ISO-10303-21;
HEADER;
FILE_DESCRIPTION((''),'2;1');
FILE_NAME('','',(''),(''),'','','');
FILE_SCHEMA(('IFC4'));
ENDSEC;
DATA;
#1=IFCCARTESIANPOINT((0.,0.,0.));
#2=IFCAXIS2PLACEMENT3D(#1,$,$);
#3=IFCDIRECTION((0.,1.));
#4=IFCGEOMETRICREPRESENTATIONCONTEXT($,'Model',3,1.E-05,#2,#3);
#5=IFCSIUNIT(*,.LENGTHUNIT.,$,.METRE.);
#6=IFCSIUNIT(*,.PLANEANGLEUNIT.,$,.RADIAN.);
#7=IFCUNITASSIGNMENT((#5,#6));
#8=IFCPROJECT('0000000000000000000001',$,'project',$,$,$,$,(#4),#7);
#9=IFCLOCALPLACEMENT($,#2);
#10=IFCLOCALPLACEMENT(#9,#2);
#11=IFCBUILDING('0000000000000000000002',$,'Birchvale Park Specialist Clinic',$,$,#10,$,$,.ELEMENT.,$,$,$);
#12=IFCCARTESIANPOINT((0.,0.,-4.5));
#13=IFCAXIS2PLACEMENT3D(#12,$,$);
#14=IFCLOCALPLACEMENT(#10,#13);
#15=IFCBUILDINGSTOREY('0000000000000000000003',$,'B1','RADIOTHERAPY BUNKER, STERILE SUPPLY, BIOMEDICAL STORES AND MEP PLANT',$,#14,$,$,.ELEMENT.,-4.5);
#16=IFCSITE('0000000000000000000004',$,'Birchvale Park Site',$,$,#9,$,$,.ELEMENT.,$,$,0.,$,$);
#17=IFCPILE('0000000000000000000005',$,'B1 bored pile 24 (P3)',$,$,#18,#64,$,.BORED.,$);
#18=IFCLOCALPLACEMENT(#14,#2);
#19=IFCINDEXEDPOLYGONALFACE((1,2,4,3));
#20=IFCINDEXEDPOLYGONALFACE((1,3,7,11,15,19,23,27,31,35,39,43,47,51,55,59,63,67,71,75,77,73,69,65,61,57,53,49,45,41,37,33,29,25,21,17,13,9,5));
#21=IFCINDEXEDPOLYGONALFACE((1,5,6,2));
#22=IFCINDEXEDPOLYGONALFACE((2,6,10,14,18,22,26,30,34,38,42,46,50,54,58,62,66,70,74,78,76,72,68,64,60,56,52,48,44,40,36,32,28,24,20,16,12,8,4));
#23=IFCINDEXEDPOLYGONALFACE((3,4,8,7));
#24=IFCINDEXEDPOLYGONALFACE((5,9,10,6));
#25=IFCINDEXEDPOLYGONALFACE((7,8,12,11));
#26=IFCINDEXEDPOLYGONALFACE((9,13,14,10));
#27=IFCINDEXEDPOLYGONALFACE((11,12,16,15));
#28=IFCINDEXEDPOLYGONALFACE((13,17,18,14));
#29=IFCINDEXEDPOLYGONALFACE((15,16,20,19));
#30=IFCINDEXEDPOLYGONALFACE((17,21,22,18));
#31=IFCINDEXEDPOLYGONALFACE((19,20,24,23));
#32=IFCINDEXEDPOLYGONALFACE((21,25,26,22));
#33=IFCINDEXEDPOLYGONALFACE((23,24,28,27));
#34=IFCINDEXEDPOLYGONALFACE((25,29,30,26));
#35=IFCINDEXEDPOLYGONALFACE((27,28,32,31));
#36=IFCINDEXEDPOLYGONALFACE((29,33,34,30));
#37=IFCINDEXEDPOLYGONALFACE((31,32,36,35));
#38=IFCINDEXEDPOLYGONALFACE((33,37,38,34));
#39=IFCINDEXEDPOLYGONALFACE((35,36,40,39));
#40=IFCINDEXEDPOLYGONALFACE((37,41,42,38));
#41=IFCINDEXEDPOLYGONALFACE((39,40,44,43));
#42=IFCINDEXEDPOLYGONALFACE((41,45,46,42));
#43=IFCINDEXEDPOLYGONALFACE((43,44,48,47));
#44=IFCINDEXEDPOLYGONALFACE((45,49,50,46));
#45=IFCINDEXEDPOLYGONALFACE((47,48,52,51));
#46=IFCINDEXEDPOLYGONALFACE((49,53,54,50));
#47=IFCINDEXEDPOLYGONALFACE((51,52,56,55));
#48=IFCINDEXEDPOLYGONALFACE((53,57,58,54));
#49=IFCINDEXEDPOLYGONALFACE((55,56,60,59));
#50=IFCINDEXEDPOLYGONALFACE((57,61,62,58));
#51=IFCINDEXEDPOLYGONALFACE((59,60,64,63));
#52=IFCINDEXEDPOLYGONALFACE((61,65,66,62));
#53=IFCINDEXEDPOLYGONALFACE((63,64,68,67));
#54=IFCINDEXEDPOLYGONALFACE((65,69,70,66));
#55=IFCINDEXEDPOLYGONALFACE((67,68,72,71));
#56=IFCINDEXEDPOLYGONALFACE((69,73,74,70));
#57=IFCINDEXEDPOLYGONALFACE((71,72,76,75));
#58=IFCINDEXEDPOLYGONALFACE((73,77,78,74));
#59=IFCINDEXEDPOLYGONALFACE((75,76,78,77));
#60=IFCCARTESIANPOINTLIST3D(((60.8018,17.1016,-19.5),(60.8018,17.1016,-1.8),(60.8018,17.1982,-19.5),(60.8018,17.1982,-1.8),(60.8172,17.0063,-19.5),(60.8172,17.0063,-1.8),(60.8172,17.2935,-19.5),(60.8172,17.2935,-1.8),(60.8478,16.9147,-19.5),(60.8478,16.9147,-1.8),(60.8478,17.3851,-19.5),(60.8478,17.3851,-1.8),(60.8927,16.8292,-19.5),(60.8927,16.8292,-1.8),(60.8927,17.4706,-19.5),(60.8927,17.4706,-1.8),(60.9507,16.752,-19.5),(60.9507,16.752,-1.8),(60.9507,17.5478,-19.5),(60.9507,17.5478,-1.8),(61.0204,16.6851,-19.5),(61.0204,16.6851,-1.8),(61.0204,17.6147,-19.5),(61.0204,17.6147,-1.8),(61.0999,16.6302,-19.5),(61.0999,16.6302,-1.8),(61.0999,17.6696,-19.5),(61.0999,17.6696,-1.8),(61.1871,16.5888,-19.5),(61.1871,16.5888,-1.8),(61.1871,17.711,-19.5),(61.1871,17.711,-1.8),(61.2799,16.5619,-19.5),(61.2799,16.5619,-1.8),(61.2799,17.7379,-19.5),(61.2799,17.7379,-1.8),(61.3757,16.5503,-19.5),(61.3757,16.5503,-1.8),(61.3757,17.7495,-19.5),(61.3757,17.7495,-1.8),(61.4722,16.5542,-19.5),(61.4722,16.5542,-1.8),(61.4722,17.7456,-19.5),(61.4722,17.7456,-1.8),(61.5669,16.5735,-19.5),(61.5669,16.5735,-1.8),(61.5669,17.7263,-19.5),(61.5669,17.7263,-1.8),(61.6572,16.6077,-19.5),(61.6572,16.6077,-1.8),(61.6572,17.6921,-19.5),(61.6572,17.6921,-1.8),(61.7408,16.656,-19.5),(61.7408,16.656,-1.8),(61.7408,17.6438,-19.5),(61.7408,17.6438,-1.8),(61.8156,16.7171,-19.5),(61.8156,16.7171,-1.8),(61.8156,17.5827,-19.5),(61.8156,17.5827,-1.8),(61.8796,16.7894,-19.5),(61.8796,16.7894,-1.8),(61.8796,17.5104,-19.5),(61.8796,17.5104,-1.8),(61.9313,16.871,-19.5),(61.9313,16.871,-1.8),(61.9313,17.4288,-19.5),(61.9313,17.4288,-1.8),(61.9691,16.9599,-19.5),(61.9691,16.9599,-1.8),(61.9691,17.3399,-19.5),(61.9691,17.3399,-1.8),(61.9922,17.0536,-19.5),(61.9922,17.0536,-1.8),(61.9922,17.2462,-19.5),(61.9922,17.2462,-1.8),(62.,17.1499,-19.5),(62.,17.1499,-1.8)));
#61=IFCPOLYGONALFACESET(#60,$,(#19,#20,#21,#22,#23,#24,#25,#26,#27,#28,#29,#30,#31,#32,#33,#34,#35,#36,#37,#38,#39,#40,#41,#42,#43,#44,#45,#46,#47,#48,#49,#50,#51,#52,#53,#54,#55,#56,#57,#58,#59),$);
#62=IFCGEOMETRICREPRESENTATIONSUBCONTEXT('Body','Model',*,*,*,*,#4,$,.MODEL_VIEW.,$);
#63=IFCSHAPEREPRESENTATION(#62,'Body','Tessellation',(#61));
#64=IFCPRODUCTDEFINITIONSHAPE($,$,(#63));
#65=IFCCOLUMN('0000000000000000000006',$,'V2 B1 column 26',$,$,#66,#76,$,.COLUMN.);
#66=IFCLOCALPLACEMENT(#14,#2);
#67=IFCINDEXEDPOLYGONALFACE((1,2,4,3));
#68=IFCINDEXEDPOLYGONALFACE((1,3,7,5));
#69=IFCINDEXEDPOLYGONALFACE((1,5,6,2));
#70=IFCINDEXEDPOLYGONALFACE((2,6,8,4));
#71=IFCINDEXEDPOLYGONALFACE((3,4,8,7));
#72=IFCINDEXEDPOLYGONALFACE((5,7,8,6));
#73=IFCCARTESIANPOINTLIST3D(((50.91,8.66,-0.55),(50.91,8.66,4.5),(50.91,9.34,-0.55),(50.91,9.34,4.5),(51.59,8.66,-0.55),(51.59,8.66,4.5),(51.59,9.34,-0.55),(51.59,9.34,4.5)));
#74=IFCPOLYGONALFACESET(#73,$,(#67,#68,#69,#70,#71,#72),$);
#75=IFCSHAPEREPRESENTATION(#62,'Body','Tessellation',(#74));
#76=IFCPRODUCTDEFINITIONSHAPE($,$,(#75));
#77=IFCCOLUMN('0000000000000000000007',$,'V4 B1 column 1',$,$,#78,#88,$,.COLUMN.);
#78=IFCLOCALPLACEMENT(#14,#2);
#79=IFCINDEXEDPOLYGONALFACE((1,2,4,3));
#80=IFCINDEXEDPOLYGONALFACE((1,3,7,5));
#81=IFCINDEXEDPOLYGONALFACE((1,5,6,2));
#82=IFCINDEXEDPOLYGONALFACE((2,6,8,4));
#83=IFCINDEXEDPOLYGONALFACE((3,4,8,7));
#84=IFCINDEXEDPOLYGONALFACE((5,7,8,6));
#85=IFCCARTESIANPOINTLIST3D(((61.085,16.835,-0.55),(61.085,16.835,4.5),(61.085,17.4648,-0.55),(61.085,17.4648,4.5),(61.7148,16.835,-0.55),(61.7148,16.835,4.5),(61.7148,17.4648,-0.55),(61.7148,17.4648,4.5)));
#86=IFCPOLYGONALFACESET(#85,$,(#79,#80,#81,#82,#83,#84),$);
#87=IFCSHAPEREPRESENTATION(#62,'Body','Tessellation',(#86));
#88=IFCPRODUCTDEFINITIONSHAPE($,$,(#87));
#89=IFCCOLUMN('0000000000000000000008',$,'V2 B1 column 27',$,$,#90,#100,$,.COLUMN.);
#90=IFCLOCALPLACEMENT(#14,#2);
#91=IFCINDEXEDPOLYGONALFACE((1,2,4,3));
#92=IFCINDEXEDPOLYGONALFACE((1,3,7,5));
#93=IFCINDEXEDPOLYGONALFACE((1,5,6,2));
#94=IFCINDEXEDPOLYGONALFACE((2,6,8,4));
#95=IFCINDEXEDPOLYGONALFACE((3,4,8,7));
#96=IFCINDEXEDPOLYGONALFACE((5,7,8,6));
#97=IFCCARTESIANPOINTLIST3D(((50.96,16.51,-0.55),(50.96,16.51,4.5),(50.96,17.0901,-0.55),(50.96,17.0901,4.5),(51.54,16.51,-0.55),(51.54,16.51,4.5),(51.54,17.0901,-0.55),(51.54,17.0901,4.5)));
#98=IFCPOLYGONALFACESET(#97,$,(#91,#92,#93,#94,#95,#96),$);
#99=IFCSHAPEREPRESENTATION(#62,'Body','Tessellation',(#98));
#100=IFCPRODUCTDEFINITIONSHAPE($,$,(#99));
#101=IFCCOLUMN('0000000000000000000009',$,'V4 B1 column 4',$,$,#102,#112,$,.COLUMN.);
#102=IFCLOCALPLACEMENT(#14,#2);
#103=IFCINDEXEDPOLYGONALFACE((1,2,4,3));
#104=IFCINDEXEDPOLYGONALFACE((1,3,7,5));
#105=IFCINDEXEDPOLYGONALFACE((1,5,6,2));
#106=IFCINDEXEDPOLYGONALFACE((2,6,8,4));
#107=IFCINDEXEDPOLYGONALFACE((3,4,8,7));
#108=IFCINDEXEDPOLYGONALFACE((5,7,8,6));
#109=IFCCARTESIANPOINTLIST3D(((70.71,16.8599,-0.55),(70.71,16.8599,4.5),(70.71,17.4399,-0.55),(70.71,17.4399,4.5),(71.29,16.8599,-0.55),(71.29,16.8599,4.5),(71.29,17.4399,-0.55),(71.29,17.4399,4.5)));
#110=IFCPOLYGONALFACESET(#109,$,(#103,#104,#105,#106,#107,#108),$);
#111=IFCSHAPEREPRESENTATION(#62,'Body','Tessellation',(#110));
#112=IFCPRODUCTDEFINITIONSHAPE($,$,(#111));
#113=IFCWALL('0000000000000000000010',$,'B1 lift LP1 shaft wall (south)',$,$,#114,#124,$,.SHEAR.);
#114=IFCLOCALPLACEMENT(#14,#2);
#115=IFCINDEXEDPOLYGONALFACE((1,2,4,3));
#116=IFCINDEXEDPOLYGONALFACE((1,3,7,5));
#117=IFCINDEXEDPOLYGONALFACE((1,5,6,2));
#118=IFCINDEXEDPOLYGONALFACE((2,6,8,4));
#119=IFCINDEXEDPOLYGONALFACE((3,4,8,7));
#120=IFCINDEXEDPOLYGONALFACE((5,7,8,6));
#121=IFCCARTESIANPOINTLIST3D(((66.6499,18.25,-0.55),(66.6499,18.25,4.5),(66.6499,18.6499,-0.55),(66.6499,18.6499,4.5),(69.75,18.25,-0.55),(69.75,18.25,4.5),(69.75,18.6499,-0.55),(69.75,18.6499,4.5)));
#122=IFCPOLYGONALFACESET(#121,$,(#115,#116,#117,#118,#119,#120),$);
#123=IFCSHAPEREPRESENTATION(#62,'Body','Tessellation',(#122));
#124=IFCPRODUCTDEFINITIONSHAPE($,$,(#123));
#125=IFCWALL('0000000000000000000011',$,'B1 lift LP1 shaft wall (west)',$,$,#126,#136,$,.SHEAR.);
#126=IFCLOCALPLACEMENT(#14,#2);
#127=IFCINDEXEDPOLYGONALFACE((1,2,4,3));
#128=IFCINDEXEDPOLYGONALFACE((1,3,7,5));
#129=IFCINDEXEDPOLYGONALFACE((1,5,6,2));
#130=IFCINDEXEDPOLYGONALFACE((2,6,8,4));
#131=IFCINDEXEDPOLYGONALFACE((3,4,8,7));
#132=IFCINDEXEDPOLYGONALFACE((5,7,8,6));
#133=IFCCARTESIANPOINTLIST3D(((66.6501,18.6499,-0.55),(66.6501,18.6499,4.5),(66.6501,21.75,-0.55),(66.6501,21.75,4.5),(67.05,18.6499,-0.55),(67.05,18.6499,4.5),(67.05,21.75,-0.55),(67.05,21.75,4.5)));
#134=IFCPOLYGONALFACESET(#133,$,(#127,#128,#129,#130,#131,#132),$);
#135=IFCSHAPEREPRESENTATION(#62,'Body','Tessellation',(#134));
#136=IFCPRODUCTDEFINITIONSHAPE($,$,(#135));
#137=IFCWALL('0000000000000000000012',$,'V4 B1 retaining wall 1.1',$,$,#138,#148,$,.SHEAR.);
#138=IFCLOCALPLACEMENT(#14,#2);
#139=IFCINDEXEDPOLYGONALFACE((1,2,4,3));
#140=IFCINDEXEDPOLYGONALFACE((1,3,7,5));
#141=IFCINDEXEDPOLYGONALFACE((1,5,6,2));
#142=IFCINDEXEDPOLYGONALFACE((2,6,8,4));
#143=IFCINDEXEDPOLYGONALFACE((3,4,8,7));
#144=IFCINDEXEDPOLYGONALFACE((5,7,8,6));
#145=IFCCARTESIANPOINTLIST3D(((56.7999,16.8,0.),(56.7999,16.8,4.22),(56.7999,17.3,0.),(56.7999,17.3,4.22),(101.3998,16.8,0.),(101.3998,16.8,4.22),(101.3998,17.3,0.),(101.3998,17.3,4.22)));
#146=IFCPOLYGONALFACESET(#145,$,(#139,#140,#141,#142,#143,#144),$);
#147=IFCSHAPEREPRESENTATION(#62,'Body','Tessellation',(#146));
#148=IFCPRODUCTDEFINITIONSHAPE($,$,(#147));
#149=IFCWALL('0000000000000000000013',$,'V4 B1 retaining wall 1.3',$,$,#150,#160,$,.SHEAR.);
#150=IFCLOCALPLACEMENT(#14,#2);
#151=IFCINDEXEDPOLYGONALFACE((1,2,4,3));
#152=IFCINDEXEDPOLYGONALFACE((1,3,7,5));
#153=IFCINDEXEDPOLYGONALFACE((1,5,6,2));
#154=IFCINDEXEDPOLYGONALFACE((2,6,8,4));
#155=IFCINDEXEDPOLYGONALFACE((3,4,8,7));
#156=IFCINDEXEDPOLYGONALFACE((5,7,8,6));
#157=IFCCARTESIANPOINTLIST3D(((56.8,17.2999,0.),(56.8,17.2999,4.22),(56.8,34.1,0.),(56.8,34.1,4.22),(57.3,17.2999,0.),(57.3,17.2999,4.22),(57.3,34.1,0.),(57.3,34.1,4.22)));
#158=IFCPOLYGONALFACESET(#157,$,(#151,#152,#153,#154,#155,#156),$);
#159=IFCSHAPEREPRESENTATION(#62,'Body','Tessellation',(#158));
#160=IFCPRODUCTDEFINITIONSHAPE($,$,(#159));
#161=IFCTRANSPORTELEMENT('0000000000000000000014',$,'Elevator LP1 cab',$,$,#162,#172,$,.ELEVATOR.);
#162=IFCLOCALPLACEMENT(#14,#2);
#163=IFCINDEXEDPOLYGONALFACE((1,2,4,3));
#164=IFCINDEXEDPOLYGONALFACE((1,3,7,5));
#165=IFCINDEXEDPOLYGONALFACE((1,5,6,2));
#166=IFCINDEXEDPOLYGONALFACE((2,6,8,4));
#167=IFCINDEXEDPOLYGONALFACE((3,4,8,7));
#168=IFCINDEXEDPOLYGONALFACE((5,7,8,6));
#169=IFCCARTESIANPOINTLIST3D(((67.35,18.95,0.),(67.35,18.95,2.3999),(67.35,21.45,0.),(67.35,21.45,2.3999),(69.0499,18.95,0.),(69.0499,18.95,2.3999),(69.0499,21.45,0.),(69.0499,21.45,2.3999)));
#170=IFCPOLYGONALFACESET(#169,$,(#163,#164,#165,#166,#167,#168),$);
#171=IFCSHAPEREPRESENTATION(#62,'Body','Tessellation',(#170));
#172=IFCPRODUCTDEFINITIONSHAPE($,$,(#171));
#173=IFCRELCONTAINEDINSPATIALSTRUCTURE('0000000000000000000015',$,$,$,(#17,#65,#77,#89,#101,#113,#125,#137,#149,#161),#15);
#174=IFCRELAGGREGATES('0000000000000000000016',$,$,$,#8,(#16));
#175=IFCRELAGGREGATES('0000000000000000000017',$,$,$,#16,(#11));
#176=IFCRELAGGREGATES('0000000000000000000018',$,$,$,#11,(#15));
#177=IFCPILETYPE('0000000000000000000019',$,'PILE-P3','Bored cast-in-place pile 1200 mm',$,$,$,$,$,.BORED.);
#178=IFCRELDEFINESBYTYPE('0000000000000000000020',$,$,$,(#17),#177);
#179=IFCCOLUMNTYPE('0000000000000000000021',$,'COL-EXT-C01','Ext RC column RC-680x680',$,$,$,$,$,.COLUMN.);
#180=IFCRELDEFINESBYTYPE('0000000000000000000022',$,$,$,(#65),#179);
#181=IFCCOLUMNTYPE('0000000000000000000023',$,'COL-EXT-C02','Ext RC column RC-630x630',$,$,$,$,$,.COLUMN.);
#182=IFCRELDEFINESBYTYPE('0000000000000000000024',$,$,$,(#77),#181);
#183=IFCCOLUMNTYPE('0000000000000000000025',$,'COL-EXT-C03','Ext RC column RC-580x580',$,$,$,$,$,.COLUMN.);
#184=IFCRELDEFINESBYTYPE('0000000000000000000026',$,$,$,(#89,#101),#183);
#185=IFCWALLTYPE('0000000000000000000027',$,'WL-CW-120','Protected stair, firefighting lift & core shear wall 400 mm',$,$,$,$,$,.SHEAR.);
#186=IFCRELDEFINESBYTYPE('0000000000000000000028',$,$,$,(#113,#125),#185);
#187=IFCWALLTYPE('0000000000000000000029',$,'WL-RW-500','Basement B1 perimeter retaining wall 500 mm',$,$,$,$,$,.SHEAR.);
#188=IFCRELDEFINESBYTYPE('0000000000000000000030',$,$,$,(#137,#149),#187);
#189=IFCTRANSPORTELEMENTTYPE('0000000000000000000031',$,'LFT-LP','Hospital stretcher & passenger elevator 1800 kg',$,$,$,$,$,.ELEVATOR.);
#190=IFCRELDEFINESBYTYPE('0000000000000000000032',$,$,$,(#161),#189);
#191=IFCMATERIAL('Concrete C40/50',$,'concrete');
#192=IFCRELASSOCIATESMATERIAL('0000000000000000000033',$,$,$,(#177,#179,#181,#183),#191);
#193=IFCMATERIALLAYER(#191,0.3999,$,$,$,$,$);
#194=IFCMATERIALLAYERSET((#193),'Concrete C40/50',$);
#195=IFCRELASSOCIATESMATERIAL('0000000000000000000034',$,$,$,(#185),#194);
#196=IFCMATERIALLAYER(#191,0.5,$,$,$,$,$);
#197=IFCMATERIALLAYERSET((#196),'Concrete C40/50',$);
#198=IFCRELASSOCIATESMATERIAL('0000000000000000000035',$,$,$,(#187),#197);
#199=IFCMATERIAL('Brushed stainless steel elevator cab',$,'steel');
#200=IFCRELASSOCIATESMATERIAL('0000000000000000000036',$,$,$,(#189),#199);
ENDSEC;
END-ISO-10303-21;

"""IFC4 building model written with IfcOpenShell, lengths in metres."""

from ifc_helpers import new_model, si_unit, direction, frame, frame_2d, origin, origin_2d, place, context, subcontext, project, spatial, rectangle, circle, extrude, material, layer, layer_set, material_profile, profile_set, type_object, element, save


model = new_model("IFC4")

# Units and contexts
model_context = context("Model", 3, precision=1e-05, world=origin(), true_north=direction((0.0, 1.0)))
body_context = subcontext(model_context, "Body", "Model", "MODEL_VIEW")
ifc_project = project(units=[si_unit("LENGTHUNIT", "METRE"), si_unit("PLANEANGLEUNIT", "RADIAN")], contexts=[model_context])

# Site, building, storey
site_placement = place(None, origin())
site = spatial("IfcSite", under=ifc_project, at=site_placement, Name="Birchvale Park Site", CompositionType="ELEMENT", RefElevation=0.0)
building_placement = place(site_placement, origin())
building = spatial("IfcBuilding", under=site, at=building_placement, Name="Birchvale Park Specialist Clinic", CompositionType="ELEMENT")
storey_placement = place(building_placement, frame((0.0, 0.0, -4.5)))
storey = spatial("IfcBuildingStorey", under=building, at=storey_placement, Name="B1", Description="RADIOTHERAPY BUNKER, STERILE SUPPLY, BIOMEDICAL STORES AND MEP PLANT", CompositionType="ELEMENT", Elevation=-4.5)

# Shared definitions
ifc_material_1 = material(Name="Concrete C40/50", Category="concrete")

# Pile
ifc_material_profile_1 = material_profile(ifc_material_1, circle(Radius=0.6001, at=origin_2d()), Name="PILE-1200")
ifc_profile_set_1 = profile_set([ifc_material_profile_1], Name="Concrete C40/50")
pile_type_1 = type_object("IfcPileType", Name="PILE-P3", Description="Bored cast-in-place pile 1200 mm", PredefinedType="BORED", material=ifc_profile_set_1)
pile_placement = place(storey_placement, frame((61.3999, 17.1499, -1.8), z_axis=(0.0, 0.0, -1.0), x_axis=(1.0, 0.0, 0.0)))
element("IfcPile", 1, at=pile_placement, inside=storey, type_object=pile_type_1, Name="B1 bored pile 24 (P3)", PredefinedType="BORED", context=body_context, shape_type="SweptSolid", body=[
    extrude(circle(Radius=0.6001, at=origin_2d()), origin(), (0.0, 0.0, 1.0), 17.7),
])

# Columns
ifc_material_profile_2 = material_profile(ifc_material_1, rectangle(XDim=0.6799, YDim=0.6799, at=origin_2d()), Name="RC-680x680")
ifc_profile_set_2 = profile_set([ifc_material_profile_2], Name="Concrete C40/50")
column_type_1 = type_object("IfcColumnType", Name="COL-EXT-C01", Description="Ext RC column RC-680x680", PredefinedType="COLUMN", material=ifc_profile_set_2)
column_1_placement = place(storey_placement, frame((51.25, 9.0, -0.55), z_axis=(0.0, 0.0, 1.0), x_axis=(1.0, 0.0, 0.0)))
element("IfcColumn", 2, at=column_1_placement, inside=storey, type_object=column_type_1, Name="V2 B1 column 26", PredefinedType="COLUMN", context=body_context, shape_type="SweptSolid", body=[
    extrude(rectangle(XDim=0.6799, YDim=0.6799, at=origin_2d()), origin(), (0.0, 0.0, 1.0), 5.05),
])
ifc_material_profile_3 = material_profile(ifc_material_1, rectangle(XDim=0.6299, YDim=0.6299, at=origin_2d()), Name="RC-630x630")
ifc_profile_set_3 = profile_set([ifc_material_profile_3], Name="Concrete C40/50")
column_type_2 = type_object("IfcColumnType", Name="COL-EXT-C02", Description="Ext RC column RC-630x630", PredefinedType="COLUMN", material=ifc_profile_set_3)
column_2_placement = place(storey_placement, frame((61.3999, 17.1499, -0.55), z_axis=(0.0, 0.0, 1.0), x_axis=(1.0, 0.0, 0.0)))
element("IfcColumn", 3, at=column_2_placement, inside=storey, type_object=column_type_2, Name="V4 B1 column 1", PredefinedType="COLUMN", context=body_context, shape_type="SweptSolid", body=[
    extrude(rectangle(XDim=0.6299, YDim=0.6299, at=origin_2d()), origin(), (0.0, 0.0, 1.0), 5.05),
])
ifc_material_profile_4 = material_profile(ifc_material_1, rectangle(XDim=0.5801, YDim=0.5801, at=origin_2d()), Name="RC-580x580")
ifc_profile_set_4 = profile_set([ifc_material_profile_4], Name="Concrete C40/50")
column_type_3 = type_object("IfcColumnType", Name="COL-EXT-C03", Description="Ext RC column RC-580x580", PredefinedType="COLUMN", material=ifc_profile_set_4)
for number, where, z_axis, x_axis, name in (
    (4, (51.25, 16.8, -0.55), (0.0, 0.0, 1.0), (1.0, 0.0, 0.0), "V2 B1 column 27"),
    (5, (71.0, 17.1499, -0.55), (0.0, 0.0, 1.0), (1.0, 0.0, 0.0), "V4 B1 column 4"),
):
    element("IfcColumn", number, at=place(storey_placement, frame(where, z_axis=z_axis, x_axis=x_axis)), inside=storey, type_object=column_type_3, Name=name, PredefinedType="COLUMN", context=body_context, shape_type="SweptSolid", body=[
        extrude(rectangle(XDim=0.5801, YDim=0.5801, at=origin_2d()), origin(), (0.0, 0.0, 1.0), 5.05),
    ])

# Walls
ifc_layer_1 = layer(ifc_material_1, 0.3999)
ifc_layer_set_1 = layer_set([ifc_layer_1], Name="Concrete C40/50")
wall_type_1 = type_object("IfcWallType", Name="WL-CW-120", Description="Protected stair, firefighting lift & core shear wall 400 mm", PredefinedType="SHEAR", material=ifc_layer_set_1)
for number, where, z_axis, x_axis, name in (
    (6, (66.6499, 18.45, -0.55), (0.0, 0.0, 1.0), (1.0, 0.0, 0.0), "B1 lift LP1 shaft wall (south)"),
    (7, (66.8501, 18.6499, -0.55), (0.0, 0.0, 1.0), (0.0, 1.0, 0.0), "B1 lift LP1 shaft wall (west)"),
):
    element("IfcWall", number, at=place(storey_placement, frame(where, z_axis=z_axis, x_axis=x_axis)), inside=storey, type_object=wall_type_1, Name=name, PredefinedType="SHEAR", context=body_context, shape_type="SweptSolid", body=[
        extrude(rectangle(XDim=3.1001, YDim=0.3999, at=frame_2d((1.55, 0.0))), origin(), (0.0, 0.0, 1.0), 5.05),
    ])
ifc_layer_2 = layer(ifc_material_1, 0.5)
ifc_layer_set_2 = layer_set([ifc_layer_2], Name="Concrete C40/50")
wall_type_2 = type_object("IfcWallType", Name="WL-RW-500", Description="Basement B1 perimeter retaining wall 500 mm", PredefinedType="SHEAR", material=ifc_layer_set_2)
wall_1_placement = place(storey_placement, frame((56.8, 17.05, 0.0), z_axis=(0.0, 0.0, 1.0), x_axis=(1.0, 0.0, 0.0)))
element("IfcWall", 8, at=wall_1_placement, inside=storey, type_object=wall_type_2, Name="V4 B1 retaining wall 1.1", PredefinedType="SHEAR", context=body_context, shape_type="SweptSolid", body=[
    extrude(rectangle(XDim=44.5999, YDim=0.5, at=frame_2d((22.2998, 0.0))), origin(), (0.0, 0.0, 1.0), 4.22),
])
wall_2_placement = place(storey_placement, frame((57.05, 17.3, 0.0), z_axis=(0.0, 0.0, 1.0), x_axis=(0.0, 1.0, 0.0)))
element("IfcWall", 9, at=wall_2_placement, inside=storey, type_object=wall_type_2, Name="V4 B1 retaining wall 1.3", PredefinedType="SHEAR", context=body_context, shape_type="SweptSolid", body=[
    extrude(rectangle(XDim=16.8, YDim=0.5, at=frame_2d((8.3999, 0.0))), origin(), (0.0, 0.0, 1.0), 4.22),
])

# Transport element
ifc_material_2 = material(Name="Brushed stainless steel elevator cab", Category="steel")
transport_element_type = type_object("IfcTransportElementType", Name="LFT-LP", Description="Hospital stretcher & passenger elevator 1800 kg", PredefinedType="ELEVATOR", material=ifc_material_2)
transport_element_placement = place(storey_placement, frame((68.2, 20.2, 0.0), z_axis=(0.0, 0.0, 1.0), x_axis=(1.0, 0.0, 0.0)))
element("IfcTransportElement", 10, at=transport_element_placement, inside=storey, type_object=transport_element_type, Name="Elevator LP1 cab", PredefinedType="ELEVATOR", context=body_context, shape_type="SweptSolid", body=[
    extrude(rectangle(XDim=1.7, YDim=2.5, at=origin_2d()), origin(), (0.0, 0.0, 1.0), 2.3999),
])

save(model, "model.ifc")
